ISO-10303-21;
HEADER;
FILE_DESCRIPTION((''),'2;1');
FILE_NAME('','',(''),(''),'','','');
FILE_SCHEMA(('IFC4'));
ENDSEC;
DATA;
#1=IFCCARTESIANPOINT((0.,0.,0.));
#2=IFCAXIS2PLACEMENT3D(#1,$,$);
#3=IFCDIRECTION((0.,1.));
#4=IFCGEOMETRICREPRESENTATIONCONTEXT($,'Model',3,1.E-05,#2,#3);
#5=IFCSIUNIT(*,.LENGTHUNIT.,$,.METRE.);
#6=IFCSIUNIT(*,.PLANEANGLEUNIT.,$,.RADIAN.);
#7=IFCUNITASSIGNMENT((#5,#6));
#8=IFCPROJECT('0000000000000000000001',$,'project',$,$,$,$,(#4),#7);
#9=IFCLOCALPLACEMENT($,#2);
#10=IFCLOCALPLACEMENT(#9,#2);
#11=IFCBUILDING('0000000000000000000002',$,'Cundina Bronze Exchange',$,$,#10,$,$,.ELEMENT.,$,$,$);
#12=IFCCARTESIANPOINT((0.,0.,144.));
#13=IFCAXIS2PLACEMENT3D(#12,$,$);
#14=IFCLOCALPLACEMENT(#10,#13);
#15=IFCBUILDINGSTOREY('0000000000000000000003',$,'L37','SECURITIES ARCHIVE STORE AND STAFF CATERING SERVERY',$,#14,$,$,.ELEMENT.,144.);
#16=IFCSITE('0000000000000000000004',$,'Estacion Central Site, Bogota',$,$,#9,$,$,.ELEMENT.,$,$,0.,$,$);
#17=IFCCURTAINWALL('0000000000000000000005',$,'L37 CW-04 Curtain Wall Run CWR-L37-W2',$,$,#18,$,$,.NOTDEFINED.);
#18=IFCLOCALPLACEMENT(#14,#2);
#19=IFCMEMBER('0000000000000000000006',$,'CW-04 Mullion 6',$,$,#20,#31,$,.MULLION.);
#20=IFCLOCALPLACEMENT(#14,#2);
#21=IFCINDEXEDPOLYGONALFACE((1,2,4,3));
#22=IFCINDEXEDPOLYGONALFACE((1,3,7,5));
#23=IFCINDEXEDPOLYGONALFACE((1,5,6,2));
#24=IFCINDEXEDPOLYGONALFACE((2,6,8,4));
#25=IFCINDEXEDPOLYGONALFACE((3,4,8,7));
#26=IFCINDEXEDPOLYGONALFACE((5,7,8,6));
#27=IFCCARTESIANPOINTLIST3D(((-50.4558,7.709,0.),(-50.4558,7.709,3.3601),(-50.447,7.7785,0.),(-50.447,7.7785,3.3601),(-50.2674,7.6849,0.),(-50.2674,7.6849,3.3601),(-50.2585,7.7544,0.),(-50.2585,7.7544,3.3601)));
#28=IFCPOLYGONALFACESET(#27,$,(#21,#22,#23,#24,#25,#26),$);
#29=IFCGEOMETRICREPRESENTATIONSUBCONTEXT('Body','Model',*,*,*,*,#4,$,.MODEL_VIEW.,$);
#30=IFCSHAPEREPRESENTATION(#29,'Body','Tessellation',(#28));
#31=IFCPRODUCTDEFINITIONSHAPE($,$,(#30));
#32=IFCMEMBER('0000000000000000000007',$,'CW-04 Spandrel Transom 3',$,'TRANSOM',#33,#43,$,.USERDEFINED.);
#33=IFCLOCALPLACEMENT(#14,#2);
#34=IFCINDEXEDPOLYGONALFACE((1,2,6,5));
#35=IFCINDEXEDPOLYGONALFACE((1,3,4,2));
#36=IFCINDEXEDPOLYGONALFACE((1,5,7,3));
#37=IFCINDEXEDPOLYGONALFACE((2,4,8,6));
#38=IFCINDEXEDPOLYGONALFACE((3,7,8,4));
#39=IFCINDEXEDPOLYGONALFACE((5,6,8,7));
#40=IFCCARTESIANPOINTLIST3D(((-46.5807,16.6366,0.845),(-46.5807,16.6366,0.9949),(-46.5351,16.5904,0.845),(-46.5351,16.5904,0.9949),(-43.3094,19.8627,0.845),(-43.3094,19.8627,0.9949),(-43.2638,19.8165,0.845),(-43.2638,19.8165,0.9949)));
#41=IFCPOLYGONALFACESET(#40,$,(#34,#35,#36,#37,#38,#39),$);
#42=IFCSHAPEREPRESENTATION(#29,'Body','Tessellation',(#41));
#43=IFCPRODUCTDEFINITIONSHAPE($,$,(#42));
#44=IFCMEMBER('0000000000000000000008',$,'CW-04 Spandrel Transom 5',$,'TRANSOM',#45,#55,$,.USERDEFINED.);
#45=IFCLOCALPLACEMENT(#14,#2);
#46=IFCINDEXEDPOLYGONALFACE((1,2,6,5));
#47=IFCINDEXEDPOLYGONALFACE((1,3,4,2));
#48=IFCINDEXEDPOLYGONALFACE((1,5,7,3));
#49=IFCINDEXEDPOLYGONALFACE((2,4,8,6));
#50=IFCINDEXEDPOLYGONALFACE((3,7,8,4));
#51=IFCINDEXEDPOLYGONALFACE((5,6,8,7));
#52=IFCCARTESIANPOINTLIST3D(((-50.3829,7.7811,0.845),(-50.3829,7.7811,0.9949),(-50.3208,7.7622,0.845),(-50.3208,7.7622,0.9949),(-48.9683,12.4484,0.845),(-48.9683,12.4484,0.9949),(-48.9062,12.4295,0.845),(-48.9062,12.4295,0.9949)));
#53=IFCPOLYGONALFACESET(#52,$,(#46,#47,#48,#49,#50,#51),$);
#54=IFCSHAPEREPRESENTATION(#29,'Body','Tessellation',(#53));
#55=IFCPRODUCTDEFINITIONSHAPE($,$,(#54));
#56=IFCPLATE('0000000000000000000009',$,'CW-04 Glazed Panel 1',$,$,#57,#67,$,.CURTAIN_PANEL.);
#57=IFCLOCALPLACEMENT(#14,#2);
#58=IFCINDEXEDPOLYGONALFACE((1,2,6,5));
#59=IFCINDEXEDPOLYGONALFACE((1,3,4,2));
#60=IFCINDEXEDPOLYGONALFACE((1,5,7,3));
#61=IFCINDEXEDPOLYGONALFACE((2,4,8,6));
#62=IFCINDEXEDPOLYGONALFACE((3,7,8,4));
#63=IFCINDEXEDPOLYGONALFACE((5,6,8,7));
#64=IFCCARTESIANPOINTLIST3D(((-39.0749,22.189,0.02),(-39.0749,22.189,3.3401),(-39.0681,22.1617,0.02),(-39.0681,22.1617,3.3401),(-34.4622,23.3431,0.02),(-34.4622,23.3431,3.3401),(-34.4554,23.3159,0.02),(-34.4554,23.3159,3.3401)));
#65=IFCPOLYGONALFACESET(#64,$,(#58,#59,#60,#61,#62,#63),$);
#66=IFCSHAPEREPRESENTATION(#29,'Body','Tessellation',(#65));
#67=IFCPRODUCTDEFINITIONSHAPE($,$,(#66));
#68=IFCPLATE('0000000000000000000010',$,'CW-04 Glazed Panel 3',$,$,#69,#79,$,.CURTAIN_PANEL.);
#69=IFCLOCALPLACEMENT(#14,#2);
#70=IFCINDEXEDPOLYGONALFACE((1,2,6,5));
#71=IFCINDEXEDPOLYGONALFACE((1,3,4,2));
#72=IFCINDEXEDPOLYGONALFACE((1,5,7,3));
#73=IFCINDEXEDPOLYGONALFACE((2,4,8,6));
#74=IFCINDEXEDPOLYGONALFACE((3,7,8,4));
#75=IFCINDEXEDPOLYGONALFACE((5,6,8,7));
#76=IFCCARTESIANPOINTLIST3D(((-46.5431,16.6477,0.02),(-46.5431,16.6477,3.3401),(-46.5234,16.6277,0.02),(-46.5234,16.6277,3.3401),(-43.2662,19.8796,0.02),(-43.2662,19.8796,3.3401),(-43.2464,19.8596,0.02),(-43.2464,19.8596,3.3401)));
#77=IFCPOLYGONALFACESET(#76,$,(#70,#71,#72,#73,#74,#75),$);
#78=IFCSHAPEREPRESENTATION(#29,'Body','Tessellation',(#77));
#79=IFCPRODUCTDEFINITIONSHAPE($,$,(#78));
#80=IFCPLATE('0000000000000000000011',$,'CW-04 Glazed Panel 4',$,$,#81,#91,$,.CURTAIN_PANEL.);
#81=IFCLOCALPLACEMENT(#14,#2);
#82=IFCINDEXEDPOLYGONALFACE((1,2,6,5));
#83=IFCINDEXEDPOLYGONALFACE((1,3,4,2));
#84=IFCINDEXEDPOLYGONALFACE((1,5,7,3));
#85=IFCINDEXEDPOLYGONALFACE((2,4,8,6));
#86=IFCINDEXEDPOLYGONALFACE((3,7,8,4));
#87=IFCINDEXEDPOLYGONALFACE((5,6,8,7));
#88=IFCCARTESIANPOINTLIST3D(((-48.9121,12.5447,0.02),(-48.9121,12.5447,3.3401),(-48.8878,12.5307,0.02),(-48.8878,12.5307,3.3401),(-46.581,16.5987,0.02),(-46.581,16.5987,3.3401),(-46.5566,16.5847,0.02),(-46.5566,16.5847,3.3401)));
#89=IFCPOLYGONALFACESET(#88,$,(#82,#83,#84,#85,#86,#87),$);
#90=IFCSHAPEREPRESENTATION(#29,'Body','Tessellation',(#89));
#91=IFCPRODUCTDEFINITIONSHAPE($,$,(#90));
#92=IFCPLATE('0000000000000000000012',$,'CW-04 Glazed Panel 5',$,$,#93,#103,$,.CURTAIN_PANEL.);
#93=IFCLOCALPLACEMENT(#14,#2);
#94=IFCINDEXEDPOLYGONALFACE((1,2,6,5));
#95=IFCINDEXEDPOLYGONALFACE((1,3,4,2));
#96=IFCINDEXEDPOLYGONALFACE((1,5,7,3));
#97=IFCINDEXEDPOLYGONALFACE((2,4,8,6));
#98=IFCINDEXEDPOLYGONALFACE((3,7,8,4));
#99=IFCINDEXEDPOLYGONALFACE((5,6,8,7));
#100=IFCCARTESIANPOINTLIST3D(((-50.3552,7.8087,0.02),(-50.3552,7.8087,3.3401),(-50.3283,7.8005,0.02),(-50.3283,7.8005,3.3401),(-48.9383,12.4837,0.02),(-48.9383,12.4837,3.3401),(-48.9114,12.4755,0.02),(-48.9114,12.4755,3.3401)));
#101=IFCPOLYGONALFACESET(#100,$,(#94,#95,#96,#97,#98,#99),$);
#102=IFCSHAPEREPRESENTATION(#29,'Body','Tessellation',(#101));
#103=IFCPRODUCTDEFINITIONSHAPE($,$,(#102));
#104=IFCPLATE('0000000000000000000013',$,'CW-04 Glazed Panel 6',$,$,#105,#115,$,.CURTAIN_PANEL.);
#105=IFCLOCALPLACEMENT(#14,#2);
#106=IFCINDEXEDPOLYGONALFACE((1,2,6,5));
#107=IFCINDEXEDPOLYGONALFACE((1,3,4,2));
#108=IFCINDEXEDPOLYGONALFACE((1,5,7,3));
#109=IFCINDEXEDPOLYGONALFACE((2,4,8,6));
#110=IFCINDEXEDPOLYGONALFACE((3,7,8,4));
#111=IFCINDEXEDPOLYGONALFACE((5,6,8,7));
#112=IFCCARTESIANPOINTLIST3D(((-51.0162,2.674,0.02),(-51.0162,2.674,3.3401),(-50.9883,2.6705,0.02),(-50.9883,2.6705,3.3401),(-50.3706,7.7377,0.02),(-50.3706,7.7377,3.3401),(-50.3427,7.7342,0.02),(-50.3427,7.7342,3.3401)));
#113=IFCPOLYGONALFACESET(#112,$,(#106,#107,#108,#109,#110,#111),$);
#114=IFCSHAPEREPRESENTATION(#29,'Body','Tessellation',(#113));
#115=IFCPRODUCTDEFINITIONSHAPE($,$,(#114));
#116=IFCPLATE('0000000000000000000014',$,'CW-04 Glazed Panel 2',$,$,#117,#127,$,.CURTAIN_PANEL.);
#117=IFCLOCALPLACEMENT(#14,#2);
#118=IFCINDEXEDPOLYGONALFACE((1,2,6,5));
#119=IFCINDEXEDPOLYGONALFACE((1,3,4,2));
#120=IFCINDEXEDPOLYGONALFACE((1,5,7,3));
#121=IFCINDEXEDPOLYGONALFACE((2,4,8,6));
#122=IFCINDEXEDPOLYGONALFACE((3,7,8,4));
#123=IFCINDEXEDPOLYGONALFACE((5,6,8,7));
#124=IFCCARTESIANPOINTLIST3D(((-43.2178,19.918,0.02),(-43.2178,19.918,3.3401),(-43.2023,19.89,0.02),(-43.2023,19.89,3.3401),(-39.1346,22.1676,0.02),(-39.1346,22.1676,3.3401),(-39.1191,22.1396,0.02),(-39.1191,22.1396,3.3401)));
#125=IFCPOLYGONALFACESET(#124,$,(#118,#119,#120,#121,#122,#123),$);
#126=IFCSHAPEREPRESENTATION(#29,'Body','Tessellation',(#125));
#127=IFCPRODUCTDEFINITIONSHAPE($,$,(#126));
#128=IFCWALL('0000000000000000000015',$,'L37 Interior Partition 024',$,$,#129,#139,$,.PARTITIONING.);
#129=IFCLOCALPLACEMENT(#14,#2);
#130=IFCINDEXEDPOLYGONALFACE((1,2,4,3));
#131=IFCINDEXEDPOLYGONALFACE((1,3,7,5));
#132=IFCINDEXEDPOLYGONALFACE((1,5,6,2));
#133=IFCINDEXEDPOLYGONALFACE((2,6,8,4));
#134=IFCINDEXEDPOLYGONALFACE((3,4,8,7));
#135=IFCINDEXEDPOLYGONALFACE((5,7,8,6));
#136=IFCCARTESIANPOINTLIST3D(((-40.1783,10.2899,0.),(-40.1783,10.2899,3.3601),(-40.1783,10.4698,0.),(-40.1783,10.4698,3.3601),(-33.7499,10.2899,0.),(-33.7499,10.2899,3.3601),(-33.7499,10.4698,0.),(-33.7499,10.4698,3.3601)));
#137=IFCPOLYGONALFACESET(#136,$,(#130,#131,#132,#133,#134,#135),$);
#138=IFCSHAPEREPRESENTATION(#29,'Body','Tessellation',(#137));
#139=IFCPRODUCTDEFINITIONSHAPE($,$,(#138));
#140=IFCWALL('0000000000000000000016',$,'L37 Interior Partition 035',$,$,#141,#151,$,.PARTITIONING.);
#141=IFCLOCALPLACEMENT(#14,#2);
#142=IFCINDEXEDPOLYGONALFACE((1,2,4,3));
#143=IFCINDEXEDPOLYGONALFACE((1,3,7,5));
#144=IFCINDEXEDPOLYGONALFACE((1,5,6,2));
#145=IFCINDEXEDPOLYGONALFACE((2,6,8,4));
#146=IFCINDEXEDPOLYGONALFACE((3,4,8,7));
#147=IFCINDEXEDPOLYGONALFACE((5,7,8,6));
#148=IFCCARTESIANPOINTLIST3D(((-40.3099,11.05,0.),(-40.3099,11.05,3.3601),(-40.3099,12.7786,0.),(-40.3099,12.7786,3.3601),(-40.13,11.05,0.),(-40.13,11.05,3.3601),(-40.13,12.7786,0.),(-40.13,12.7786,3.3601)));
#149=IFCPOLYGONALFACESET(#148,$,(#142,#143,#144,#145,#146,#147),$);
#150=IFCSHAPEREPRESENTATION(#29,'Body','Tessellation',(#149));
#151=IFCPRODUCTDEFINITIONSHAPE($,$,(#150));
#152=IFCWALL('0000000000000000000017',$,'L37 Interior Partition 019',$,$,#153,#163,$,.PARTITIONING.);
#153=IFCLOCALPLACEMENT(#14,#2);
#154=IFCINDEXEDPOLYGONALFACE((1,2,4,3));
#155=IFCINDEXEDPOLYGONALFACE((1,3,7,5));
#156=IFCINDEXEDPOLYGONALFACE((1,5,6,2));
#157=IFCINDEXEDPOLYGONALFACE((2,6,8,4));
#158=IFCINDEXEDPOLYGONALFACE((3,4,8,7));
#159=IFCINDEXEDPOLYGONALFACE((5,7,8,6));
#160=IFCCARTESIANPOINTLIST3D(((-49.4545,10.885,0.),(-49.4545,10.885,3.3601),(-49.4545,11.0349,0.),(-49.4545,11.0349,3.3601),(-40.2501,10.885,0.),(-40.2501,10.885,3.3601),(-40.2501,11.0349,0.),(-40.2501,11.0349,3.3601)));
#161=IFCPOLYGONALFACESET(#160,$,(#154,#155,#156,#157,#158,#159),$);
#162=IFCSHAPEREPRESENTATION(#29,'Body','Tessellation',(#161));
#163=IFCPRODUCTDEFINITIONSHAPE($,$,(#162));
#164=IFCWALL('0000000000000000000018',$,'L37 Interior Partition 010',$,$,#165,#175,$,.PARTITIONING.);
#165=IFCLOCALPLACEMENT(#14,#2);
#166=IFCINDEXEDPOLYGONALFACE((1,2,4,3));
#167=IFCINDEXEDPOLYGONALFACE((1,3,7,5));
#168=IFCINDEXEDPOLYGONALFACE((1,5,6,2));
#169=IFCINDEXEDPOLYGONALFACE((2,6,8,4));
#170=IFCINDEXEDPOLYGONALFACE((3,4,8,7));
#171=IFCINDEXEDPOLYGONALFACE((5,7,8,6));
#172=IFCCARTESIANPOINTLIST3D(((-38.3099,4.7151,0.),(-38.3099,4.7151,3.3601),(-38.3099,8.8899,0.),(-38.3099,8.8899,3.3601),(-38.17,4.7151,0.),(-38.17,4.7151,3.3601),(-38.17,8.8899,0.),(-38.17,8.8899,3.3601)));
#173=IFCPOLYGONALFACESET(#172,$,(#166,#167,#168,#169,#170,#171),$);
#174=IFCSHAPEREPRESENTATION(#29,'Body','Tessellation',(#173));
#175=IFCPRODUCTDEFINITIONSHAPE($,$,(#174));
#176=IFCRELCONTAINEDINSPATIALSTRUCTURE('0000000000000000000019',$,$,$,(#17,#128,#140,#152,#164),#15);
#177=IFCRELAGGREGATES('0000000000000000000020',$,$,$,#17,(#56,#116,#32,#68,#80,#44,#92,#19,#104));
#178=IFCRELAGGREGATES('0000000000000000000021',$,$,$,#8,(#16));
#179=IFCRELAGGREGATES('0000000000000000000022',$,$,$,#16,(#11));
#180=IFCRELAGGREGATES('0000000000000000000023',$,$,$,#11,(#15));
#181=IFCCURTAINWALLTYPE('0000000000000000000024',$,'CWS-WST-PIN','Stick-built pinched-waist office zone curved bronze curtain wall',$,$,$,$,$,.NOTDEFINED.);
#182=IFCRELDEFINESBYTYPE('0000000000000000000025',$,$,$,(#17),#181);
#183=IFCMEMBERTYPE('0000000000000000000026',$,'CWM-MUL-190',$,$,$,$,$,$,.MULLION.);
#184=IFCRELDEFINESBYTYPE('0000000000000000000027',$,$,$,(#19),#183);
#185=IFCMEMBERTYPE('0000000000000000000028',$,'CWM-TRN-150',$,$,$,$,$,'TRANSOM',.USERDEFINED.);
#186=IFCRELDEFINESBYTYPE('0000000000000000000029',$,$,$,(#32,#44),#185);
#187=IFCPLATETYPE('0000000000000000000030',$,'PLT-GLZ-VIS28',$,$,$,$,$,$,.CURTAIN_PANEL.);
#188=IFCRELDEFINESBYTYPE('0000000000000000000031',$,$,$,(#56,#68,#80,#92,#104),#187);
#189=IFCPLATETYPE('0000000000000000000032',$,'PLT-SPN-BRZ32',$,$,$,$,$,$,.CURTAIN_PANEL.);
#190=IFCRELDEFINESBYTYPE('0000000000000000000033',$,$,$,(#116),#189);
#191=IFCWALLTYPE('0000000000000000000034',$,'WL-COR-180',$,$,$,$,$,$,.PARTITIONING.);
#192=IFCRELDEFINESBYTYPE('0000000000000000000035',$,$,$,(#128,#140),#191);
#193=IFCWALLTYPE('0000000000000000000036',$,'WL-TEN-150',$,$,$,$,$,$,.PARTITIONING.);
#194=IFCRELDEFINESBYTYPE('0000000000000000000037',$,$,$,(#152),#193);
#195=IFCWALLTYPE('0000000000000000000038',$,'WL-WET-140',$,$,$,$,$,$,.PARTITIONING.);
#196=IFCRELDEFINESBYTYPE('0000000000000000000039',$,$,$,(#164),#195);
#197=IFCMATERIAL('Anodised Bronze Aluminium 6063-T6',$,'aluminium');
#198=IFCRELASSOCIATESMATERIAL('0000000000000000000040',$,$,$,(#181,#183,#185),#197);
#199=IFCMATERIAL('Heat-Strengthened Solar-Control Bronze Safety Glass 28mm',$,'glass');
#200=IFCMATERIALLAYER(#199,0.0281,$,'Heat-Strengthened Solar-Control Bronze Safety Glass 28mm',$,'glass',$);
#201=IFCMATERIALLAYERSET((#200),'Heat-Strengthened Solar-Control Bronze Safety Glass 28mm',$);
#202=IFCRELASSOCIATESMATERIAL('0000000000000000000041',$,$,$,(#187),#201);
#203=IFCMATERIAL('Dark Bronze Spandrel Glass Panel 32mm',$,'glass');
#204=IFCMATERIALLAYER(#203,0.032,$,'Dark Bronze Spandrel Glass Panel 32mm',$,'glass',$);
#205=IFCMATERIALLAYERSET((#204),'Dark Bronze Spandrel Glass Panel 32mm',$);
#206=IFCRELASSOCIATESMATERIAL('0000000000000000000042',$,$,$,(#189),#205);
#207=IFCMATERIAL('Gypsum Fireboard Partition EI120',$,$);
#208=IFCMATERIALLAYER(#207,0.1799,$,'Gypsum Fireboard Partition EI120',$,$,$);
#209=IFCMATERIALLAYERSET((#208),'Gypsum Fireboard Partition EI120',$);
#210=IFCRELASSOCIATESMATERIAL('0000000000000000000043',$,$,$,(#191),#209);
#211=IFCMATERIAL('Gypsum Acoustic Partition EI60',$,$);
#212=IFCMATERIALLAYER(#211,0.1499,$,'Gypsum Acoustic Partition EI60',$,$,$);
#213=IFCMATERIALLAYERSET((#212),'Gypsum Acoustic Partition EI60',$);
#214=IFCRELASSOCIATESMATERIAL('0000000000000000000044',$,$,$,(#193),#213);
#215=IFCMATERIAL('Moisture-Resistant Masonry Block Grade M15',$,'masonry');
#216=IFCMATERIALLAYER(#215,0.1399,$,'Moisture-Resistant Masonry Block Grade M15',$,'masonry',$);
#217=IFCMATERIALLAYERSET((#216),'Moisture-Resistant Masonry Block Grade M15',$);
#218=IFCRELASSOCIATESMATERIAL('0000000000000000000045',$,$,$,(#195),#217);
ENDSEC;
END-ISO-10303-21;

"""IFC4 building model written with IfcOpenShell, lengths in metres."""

from ifc_helpers import new_model, si_unit, direction, frame, frame_2d, origin, origin_2d, place, context, subcontext, project, spatial, rectangle, extrude, material, layer, layer_set, material_profile, profile_set, type_object, element, aggregate, save


model = new_model("IFC4")

# Units and contexts
model_context = context("Model", 3, precision=1e-05, world=origin(), true_north=direction((0.0, 1.0)))
body_context = subcontext(model_context, "Body", "Model", "MODEL_VIEW")
ifc_project = project(units=[si_unit("LENGTHUNIT", "METRE"), si_unit("PLANEANGLEUNIT", "RADIAN")], contexts=[model_context])

# Site, building, storey
site_placement = place(None, origin())
site = spatial("IfcSite", under=ifc_project, at=site_placement, Name="Estacion Central Site, Bogota", CompositionType="ELEMENT", RefElevation=0.0)
building_placement = place(site_placement, origin())
building = spatial("IfcBuilding", under=site, at=building_placement, Name="Cundina Bronze Exchange", CompositionType="ELEMENT")
storey_placement = place(building_placement, frame((0.0, 0.0, 144.0)))
storey = spatial("IfcBuildingStorey", under=building, at=storey_placement, Name="L37", Description="SECURITIES ARCHIVE STORE AND STAFF CATERING SERVERY", CompositionType="ELEMENT", Elevation=144.0)

# Curtain wall, members, plates
ifc_material_1 = material(Name="Anodised Bronze Aluminium 6063-T6", Category="aluminium")
curtain_wall_type = type_object("IfcCurtainWallType", Name="CWS-WST-PIN", Description="Stick-built pinched-waist office zone curved bronze curtain wall", PredefinedType="NOTDEFINED", material=ifc_material_1)
curtain_wall_placement = place(storey_placement, origin())
curtain_wall = element("IfcCurtainWall", 1, at=curtain_wall_placement, inside=storey, type_object=curtain_wall_type, Name="L37 CW-04 Curtain Wall Run CWR-L37-W2", PredefinedType="NOTDEFINED")
ifc_material_profile_1 = material_profile(ifc_material_1, rectangle(XDim=0.0701, YDim=0.1899, at=origin_2d()), Name="AL70X190", Category="aluminium")
ifc_profile_set_1 = profile_set([ifc_material_profile_1], Name="Anodised Bronze Aluminium 6063-T6")
member_type_1 = type_object("IfcMemberType", Name="CWM-MUL-190", PredefinedType="MULLION", material=ifc_profile_set_1)
member_1_placement = place(storey_placement, frame((-50.3572, 7.7317, 0.0), z_axis=(0.0, 0.0, 1.0), x_axis=(-0.126545, -0.991961, 0.0)))
member_1 = element("IfcMember", 2, at=member_1_placement, type_object=member_type_1, Name="CW-04 Mullion 6", PredefinedType="MULLION", context=body_context, shape_type="SweptSolid", body=[
    extrude(rectangle(XDim=0.0701, YDim=0.1899, at=origin_2d()), origin(), (0.0, 0.0, 1.0), 3.3601),
])
ifc_material_profile_2 = material_profile(ifc_material_1, rectangle(XDim=0.0649, YDim=0.1499, at=origin_2d()), Name="AL65X150", Category="aluminium")
ifc_profile_set_2 = profile_set([ifc_material_profile_2], Name="Anodised Bronze Aluminium 6063-T6")
member_type_2 = type_object("IfcMemberType", Name="CWM-TRN-150", ElementType="TRANSOM", PredefinedType="USERDEFINED", material=ifc_profile_set_2)
member_2_placement = place(storey_placement, frame((-43.2866, 19.8396, 0.9199), z_axis=(-0.712005, -0.702174, 0.0), x_axis=(0.702174, -0.712005, 0.0)))
member_2 = element("IfcMember", 3, at=member_2_placement, type_object=member_type_2, Name="CW-04 Spandrel Transom 3", ObjectType="TRANSOM", PredefinedType="USERDEFINED", context=body_context, shape_type="SweptSolid", body=[
    extrude(rectangle(XDim=0.0649, YDim=0.1499, at=origin_2d()), origin(), (0.0, 0.0, 1.0), 4.5945),
])
member_3_placement = place(storey_placement, frame((-48.9373, 12.439, 0.9199), z_axis=(-0.290052, -0.957011, 0.0), x_axis=(0.957011, -0.290052, 0.0)))
member_3 = element("IfcMember", 4, at=member_3_placement, type_object=member_type_2, Name="CW-04 Spandrel Transom 5", ObjectType="TRANSOM", PredefinedType="USERDEFINED", context=body_context, shape_type="SweptSolid", body=[
    extrude(rectangle(XDim=0.0649, YDim=0.1499, at=origin_2d()), origin(), (0.0, 0.0, 1.0), 4.877),
])
ifc_material_2 = material(Name="Heat-Strengthened Solar-Control Bronze Safety Glass 28mm", Category="glass")
ifc_layer_1 = layer(ifc_material_2, 0.0281, Name="Heat-Strengthened Solar-Control Bronze Safety Glass 28mm", Category="glass")
ifc_layer_set_1 = layer_set([ifc_layer_1], Name="Heat-Strengthened Solar-Control Bronze Safety Glass 28mm")
plate_type_1 = type_object("IfcPlateType", Name="PLT-GLZ-VIS28", PredefinedType="CURTAIN_PANEL", material=ifc_layer_set_1)
plate_1_placement = place(storey_placement, frame((-36.7651, 22.7524, 0.02), z_axis=(0.0, 0.0, 1.0), x_axis=(-0.970093, -0.242735, 0.0)))
plate_1 = element("IfcPlate", 5, at=plate_1_placement, type_object=plate_type_1, Name="CW-04 Glazed Panel 1", PredefinedType="CURTAIN_PANEL", context=body_context, shape_type="SweptSolid", body=[
    extrude(rectangle(XDim=4.7549, YDim=0.0281, at=origin_2d()), origin(), (0.0, 0.0, 1.0), 3.3201),
])
plate_2_placement = place(storey_placement, frame((-44.8948, 18.2537, 0.02), z_axis=(0.0, 0.0, 1.0), x_axis=(-0.711989, -0.70219, 0.0)))
plate_2 = element("IfcPlate", 6, at=plate_2_placement, type_object=plate_type_1, Name="CW-04 Glazed Panel 3", PredefinedType="CURTAIN_PANEL", context=body_context, shape_type="SweptSolid", body=[
    extrude(rectangle(XDim=4.6025, YDim=0.0281, at=origin_2d()), origin(), (0.0, 0.0, 1.0), 3.3201),
])
plate_3_placement = place(storey_placement, frame((-47.7344, 14.5647, 0.02), z_axis=(0.0, 0.0, 1.0), x_axis=(-0.498488, -0.866897, 0.0)))
plate_3 = element("IfcPlate", 7, at=plate_3_placement, type_object=plate_type_1, Name="CW-04 Glazed Panel 4", PredefinedType="CURTAIN_PANEL", context=body_context, shape_type="SweptSolid", body=[
    extrude(rectangle(XDim=4.6765, YDim=0.0281, at=origin_2d()), origin(), (0.0, 0.0, 1.0), 3.3201),
])
plate_4_placement = place(storey_placement, frame((-49.6333, 10.1421, 0.02), z_axis=(0.0, 0.0, 1.0), x_axis=(-0.290051, -0.957011, 0.0)))
plate_4 = element("IfcPlate", 8, at=plate_4_placement, type_object=plate_type_1, Name="CW-04 Glazed Panel 5", PredefinedType="CURTAIN_PANEL", context=body_context, shape_type="SweptSolid", body=[
    extrude(rectangle(XDim=4.885, YDim=0.0281, at=origin_2d()), origin(), (0.0, 0.0, 1.0), 3.3201),
])
plate_5_placement = place(storey_placement, frame((-50.6794, 5.2041, 0.02), z_axis=(0.0, 0.0, 1.0), x_axis=(-0.126476, -0.99197, 0.0)))
plate_5 = element("IfcPlate", 9, at=plate_5_placement, type_object=plate_type_1, Name="CW-04 Glazed Panel 6", PredefinedType="CURTAIN_PANEL", context=body_context, shape_type="SweptSolid", body=[
    extrude(rectangle(XDim=5.1047, YDim=0.0281, at=origin_2d()), origin(), (0.0, 0.0, 1.0), 3.3201),
])
ifc_material_3 = material(Name="Dark Bronze Spandrel Glass Panel 32mm", Category="glass")
ifc_layer_2 = layer(ifc_material_3, 0.032, Name="Dark Bronze Spandrel Glass Panel 32mm", Category="glass")
ifc_layer_set_2 = layer_set([ifc_layer_2], Name="Dark Bronze Spandrel Glass Panel 32mm")
plate_type_2 = type_object("IfcPlateType", Name="PLT-SPN-BRZ32", PredefinedType="CURTAIN_PANEL", material=ifc_layer_set_2)
plate_6_placement = place(storey_placement, frame((-41.1685, 21.0288, 0.02), z_axis=(0.0, 0.0, 1.0), x_axis=(-0.875869, -0.482549, 0.0)))
plate_6 = element("IfcPlate", 10, at=plate_6_placement, type_object=plate_type_2, Name="CW-04 Glazed Panel 2", PredefinedType="CURTAIN_PANEL", context=body_context, shape_type="SweptSolid", body=[
    extrude(rectangle(XDim=4.6619, YDim=0.032, at=origin_2d()), origin(), (0.0, 0.0, 1.0), 3.3201),
])
aggregate(curtain_wall, [plate_1, plate_6, member_2, plate_2, plate_3, member_3, plate_4, member_1, plate_5])

# Walls
ifc_material_4 = material(Name="Gypsum Fireboard Partition EI120")
ifc_layer_3 = layer(ifc_material_4, 0.1799, Name="Gypsum Fireboard Partition EI120")
ifc_layer_set_3 = layer_set([ifc_layer_3], Name="Gypsum Fireboard Partition EI120")
wall_type_1 = type_object("IfcWallType", Name="WL-COR-180", PredefinedType="PARTITIONING", material=ifc_layer_set_3)
wall_1_placement = place(storey_placement, frame((-40.1785, 10.3799, 0.0), z_axis=(0.0, 0.0, 1.0), x_axis=(1.0, 0.0, 0.0)))
element("IfcWall", 11, at=wall_1_placement, inside=storey, type_object=wall_type_1, Name="L37 Interior Partition 024", PredefinedType="PARTITIONING", context=body_context, shape_type="SweptSolid", body=[
    extrude(rectangle(XDim=6.4285, YDim=0.1799, at=frame_2d((3.2144, 0.0))), origin(), (0.0, 0.0, 1.0), 3.3601),
])
wall_2_placement = place(storey_placement, frame((-40.22, 12.7786, 0.0), z_axis=(0.0, 0.0, 1.0), x_axis=(0.0, -1.0, 0.0)))
element("IfcWall", 12, at=wall_2_placement, inside=storey, type_object=wall_type_1, Name="L37 Interior Partition 035", PredefinedType="PARTITIONING", context=body_context, shape_type="SweptSolid", body=[
    extrude(rectangle(XDim=1.7285, YDim=0.1799, at=frame_2d((0.8643, 0.0))), origin(), (0.0, 0.0, 1.0), 3.3601),
])
ifc_material_5 = material(Name="Gypsum Acoustic Partition EI60")
ifc_layer_4 = layer(ifc_material_5, 0.1499, Name="Gypsum Acoustic Partition EI60")
ifc_layer_set_4 = layer_set([ifc_layer_4], Name="Gypsum Acoustic Partition EI60")
wall_type_2 = type_object("IfcWallType", Name="WL-TEN-150", PredefinedType="PARTITIONING", material=ifc_layer_set_4)
wall_3_placement = place(storey_placement, frame((-49.4543, 10.96, 0.0), z_axis=(0.0, 0.0, 1.0), x_axis=(1.0, 0.0, 0.0)))
element("IfcWall", 13, at=wall_3_placement, inside=storey, type_object=wall_type_2, Name="L37 Interior Partition 019", PredefinedType="PARTITIONING", context=body_context, shape_type="SweptSolid", body=[
    extrude(rectangle(XDim=9.2043, YDim=0.1499, at=frame_2d((4.6021, 0.0))), origin(), (0.0, 0.0, 1.0), 3.3601),
])
ifc_material_6 = material(Name="Moisture-Resistant Masonry Block Grade M15", Category="masonry")
ifc_layer_5 = layer(ifc_material_6, 0.1399, Name="Moisture-Resistant Masonry Block Grade M15", Category="masonry")
ifc_layer_set_5 = layer_set([ifc_layer_5], Name="Moisture-Resistant Masonry Block Grade M15")
wall_type_3 = type_object("IfcWallType", Name="WL-WET-140", PredefinedType="PARTITIONING", material=ifc_layer_set_5)
wall_4_placement = place(storey_placement, frame((-38.24, 4.7151, 0.0), z_axis=(0.0, 0.0, 1.0), x_axis=(0.0, 1.0, 0.0)))
element("IfcWall", 14, at=wall_4_placement, inside=storey, type_object=wall_type_3, Name="L37 Interior Partition 010", PredefinedType="PARTITIONING", context=body_context, shape_type="SweptSolid", body=[
    extrude(rectangle(XDim=4.1748, YDim=0.1399, at=frame_2d((2.0874, 0.0))), origin(), (0.0, 0.0, 1.0), 3.3601),
])

save(model, "model.ifc")
